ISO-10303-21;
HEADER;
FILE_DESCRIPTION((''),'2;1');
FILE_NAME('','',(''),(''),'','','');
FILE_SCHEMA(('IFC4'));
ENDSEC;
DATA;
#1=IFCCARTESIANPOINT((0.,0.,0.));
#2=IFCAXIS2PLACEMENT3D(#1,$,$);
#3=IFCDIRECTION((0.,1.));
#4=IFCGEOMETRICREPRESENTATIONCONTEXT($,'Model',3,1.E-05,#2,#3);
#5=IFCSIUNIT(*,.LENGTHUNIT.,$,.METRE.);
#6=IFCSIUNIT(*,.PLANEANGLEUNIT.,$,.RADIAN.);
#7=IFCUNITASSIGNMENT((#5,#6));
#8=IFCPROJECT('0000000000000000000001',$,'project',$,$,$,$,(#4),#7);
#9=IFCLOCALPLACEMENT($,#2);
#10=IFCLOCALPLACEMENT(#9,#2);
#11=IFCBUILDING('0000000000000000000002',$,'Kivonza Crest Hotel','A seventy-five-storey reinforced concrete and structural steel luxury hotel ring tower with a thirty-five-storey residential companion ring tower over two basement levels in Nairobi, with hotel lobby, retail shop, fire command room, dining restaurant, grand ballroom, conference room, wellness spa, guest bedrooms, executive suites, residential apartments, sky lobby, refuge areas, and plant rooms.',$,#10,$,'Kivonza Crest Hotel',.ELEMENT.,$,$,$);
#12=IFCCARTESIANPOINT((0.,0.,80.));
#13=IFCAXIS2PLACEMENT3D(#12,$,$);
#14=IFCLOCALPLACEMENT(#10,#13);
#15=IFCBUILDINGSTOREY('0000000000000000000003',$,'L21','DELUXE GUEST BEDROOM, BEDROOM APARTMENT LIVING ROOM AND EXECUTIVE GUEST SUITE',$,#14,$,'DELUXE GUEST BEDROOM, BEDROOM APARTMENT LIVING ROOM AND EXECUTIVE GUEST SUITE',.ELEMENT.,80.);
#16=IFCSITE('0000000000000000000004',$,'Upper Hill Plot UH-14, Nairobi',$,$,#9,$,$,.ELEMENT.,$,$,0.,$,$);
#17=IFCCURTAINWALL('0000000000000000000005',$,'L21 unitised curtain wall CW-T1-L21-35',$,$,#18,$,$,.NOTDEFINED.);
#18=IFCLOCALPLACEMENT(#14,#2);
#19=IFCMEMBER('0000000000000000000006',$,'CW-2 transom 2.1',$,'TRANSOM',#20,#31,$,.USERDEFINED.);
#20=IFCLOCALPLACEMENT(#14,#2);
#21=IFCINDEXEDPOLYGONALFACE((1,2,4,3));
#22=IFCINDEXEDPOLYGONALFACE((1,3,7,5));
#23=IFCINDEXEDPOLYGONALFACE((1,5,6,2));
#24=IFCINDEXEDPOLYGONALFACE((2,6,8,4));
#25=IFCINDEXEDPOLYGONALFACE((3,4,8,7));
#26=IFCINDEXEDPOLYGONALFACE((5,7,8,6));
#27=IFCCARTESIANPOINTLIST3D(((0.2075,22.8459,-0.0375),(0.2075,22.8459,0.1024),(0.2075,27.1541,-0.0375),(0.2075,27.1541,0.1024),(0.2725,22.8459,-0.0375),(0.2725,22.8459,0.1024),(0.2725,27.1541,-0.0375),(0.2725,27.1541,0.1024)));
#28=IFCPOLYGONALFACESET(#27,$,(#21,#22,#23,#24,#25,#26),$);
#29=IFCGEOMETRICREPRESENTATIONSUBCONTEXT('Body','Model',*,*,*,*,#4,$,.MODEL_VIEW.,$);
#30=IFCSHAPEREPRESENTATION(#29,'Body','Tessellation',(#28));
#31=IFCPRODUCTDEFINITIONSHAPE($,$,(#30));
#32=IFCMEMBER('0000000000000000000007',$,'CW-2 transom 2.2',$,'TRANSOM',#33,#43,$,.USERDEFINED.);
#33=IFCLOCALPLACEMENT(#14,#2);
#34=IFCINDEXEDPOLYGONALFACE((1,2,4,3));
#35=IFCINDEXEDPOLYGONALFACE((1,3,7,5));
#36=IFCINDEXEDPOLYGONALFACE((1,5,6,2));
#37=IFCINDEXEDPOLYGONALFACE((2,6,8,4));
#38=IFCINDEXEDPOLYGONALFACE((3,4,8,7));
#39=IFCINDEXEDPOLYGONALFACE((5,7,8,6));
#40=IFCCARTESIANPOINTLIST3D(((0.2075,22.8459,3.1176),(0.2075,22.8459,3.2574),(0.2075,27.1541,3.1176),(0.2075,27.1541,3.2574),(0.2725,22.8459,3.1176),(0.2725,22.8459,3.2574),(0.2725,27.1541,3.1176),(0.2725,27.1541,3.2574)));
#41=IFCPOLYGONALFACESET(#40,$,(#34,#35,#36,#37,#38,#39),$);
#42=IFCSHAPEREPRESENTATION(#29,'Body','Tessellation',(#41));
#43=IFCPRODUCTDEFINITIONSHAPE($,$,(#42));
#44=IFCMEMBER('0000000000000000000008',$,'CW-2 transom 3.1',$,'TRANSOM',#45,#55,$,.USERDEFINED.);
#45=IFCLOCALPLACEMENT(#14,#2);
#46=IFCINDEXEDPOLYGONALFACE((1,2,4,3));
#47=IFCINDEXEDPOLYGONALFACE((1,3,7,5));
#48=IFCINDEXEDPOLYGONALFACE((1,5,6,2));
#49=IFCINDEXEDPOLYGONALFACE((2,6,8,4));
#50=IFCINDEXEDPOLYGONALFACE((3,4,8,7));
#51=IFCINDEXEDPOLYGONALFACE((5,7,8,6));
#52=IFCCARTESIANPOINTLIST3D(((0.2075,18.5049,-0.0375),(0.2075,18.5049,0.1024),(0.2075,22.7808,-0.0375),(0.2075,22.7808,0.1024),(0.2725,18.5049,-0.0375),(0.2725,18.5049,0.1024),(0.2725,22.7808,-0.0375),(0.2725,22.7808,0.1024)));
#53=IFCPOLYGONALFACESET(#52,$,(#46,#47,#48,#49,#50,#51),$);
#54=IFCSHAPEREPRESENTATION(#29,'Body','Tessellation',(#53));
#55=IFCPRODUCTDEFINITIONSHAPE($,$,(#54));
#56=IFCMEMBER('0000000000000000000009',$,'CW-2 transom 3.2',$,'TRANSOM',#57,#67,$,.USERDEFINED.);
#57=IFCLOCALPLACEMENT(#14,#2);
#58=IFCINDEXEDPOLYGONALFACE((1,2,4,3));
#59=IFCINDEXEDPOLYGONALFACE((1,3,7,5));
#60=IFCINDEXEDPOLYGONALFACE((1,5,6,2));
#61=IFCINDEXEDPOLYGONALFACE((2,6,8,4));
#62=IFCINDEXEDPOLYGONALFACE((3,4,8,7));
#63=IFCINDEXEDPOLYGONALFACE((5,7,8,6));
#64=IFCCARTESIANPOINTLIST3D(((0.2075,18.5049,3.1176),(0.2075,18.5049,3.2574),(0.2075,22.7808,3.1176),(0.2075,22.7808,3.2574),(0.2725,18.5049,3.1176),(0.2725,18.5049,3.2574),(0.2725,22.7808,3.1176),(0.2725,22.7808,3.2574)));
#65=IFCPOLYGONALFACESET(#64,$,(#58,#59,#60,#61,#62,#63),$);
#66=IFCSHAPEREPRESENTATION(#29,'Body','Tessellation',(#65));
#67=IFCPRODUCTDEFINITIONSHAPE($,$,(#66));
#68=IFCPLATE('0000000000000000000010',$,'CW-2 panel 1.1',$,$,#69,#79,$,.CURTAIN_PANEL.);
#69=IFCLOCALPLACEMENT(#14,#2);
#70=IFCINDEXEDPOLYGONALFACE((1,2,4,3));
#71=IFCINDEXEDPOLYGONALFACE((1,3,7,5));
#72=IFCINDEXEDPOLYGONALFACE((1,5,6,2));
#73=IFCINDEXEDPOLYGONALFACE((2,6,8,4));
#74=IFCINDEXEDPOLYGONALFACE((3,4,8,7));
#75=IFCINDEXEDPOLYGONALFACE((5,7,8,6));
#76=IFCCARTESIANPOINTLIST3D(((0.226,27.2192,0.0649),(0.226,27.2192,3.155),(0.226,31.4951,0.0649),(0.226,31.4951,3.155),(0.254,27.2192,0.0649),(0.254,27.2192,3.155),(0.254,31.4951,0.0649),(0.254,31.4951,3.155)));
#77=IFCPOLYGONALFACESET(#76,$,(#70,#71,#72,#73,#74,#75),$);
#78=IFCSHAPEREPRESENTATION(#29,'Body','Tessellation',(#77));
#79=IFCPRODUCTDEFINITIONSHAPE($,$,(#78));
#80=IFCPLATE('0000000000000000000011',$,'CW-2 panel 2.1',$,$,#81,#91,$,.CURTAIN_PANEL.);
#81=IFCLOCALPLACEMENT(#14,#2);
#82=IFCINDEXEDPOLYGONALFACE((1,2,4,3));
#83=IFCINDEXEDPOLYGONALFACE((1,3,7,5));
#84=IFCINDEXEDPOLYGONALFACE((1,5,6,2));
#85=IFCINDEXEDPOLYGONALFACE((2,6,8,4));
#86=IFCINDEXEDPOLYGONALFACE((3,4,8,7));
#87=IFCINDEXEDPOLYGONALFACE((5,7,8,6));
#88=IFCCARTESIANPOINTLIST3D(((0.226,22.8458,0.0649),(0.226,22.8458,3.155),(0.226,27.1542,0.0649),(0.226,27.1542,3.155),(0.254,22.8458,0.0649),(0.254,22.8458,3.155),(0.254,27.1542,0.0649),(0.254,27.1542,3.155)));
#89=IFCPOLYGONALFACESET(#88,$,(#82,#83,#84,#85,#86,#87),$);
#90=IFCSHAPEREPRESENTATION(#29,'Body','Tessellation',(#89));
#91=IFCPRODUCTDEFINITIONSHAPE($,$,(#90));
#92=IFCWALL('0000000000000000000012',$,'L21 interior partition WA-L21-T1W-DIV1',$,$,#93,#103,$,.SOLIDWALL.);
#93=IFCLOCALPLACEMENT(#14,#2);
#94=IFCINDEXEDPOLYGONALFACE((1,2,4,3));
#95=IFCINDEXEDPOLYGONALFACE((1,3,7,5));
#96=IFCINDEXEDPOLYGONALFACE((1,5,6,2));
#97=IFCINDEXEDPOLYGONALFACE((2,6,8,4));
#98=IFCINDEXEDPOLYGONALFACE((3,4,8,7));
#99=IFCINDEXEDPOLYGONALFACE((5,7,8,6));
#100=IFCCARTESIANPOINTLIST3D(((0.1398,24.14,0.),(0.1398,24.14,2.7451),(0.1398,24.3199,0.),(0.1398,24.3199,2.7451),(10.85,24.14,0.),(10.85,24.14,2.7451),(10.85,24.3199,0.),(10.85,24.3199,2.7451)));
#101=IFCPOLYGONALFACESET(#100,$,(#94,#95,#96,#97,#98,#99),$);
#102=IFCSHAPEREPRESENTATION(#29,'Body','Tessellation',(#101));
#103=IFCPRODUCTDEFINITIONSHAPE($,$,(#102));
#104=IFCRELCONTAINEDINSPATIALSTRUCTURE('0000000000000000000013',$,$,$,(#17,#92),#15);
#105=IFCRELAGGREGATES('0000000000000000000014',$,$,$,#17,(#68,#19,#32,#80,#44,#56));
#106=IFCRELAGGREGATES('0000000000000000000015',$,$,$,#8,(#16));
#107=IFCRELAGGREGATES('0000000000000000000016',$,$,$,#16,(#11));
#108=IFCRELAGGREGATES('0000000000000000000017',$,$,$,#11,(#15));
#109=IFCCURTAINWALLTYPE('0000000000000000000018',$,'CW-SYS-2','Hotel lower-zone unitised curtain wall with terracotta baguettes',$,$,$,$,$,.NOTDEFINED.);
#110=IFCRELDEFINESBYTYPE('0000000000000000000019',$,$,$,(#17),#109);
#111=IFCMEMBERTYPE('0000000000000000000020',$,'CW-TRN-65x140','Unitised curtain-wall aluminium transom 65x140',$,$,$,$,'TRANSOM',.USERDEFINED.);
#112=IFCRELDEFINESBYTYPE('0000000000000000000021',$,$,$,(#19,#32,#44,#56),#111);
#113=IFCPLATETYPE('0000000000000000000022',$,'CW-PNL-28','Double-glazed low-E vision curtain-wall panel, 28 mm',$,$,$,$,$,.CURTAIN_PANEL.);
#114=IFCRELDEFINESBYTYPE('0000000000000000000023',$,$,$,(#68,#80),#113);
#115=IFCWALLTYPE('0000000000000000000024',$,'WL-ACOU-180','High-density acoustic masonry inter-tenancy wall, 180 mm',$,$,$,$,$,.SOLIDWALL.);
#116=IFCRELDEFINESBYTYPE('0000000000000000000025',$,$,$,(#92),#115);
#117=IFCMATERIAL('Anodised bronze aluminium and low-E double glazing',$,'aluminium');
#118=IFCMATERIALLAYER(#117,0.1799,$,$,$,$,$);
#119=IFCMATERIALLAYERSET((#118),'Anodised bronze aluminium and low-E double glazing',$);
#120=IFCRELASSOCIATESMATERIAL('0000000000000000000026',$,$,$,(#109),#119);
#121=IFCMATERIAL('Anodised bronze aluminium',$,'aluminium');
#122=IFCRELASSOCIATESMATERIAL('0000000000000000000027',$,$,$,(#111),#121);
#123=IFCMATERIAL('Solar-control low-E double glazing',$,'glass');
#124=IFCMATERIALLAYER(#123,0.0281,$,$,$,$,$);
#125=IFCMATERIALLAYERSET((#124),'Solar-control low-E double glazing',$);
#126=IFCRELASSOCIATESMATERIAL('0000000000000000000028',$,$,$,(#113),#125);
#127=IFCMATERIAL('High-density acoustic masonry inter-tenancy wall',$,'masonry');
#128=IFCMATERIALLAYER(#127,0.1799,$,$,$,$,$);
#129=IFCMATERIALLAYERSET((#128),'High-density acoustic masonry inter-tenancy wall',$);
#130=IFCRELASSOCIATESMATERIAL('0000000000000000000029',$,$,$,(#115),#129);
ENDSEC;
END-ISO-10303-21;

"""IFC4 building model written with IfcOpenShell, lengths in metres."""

from ifc_helpers import new_model, si_unit, direction, frame, frame_2d, origin, origin_2d, place, context, subcontext, project, spatial, rectangle, extrude, material, layer, layer_set, material_profile, profile_set, type_object, element, aggregate, save


model = new_model("IFC4")

# Units and contexts
model_context = context("Model", 3, precision=1e-05, world=origin(), true_north=direction((0.0, 1.0)))
body_context = subcontext(model_context, "Body", "Model", "MODEL_VIEW")
ifc_project = project(units=[si_unit("LENGTHUNIT", "METRE"), si_unit("PLANEANGLEUNIT", "RADIAN")], contexts=[model_context])

# Site, building, storey
site_placement = place(None, origin())
site = spatial("IfcSite", under=ifc_project, at=site_placement, Name="Upper Hill Plot UH-14, Nairobi", CompositionType="ELEMENT", RefElevation=0.0)
building_placement = place(site_placement, origin())
building = spatial("IfcBuilding", under=site, at=building_placement, Name="Kivonza Crest Hotel", Description="A seventy-five-storey reinforced concrete and structural steel luxury hotel ring tower with a thirty-five-storey residential companion ring tower over two basement levels in Nairobi, with hotel lobby, retail shop, fire command room, dining restaurant, grand ballroom, conference room, wellness spa, guest bedrooms, executive suites, residential apartments, sky lobby, refuge areas, and plant rooms.", LongName="Kivonza Crest Hotel", CompositionType="ELEMENT")
storey_placement = place(building_placement, frame((0.0, 0.0, 80.0)))
storey = spatial("IfcBuildingStorey", under=building, at=storey_placement, Name="L21", Description="DELUXE GUEST BEDROOM, BEDROOM APARTMENT LIVING ROOM AND EXECUTIVE GUEST SUITE", LongName="DELUXE GUEST BEDROOM, BEDROOM APARTMENT LIVING ROOM AND EXECUTIVE GUEST SUITE", CompositionType="ELEMENT", Elevation=80.0)

# Curtain wall, members, plates
ifc_material_1 = material(Name="Anodised bronze aluminium and low-E double glazing", Category="aluminium")
ifc_layer_1 = layer(ifc_material_1, 0.1799)
ifc_layer_set_1 = layer_set([ifc_layer_1], Name="Anodised bronze aluminium and low-E double glazing")
curtain_wall_type = type_object("IfcCurtainWallType", Name="CW-SYS-2", Description="Hotel lower-zone unitised curtain wall with terracotta baguettes", PredefinedType="NOTDEFINED", material=ifc_layer_set_1)
curtain_wall_placement = place(storey_placement, origin())
curtain_wall = element("IfcCurtainWall", 1, at=curtain_wall_placement, inside=storey, type_object=curtain_wall_type, Name="L21 unitised curtain wall CW-T1-L21-35", PredefinedType="NOTDEFINED")
ifc_material_2 = material(Name="Anodised bronze aluminium", Category="aluminium")
ifc_material_profile_1 = material_profile(ifc_material_2, rectangle(XDim=0.0649, YDim=0.1399, at=origin_2d()), Name="CW-T 65x140")
ifc_profile_set_1 = profile_set([ifc_material_profile_1], Name="Anodised bronze aluminium")
member_type_1 = type_object("IfcMemberType", Name="CW-TRN-65x140", Description="Unitised curtain-wall aluminium transom 65x140", ElementType="TRANSOM", PredefinedType="USERDEFINED", material=ifc_profile_set_1)
member_1_placement = place(storey_placement, frame((0.24, 27.1541, 0.0325), z_axis=(0.0, -1.0, 0.0), x_axis=(1.0, 0.0, 0.0)))
member_1 = element("IfcMember", 2, at=member_1_placement, type_object=member_type_1, Name="CW-2 transom 2.1", ObjectType="TRANSOM", PredefinedType="USERDEFINED", context=body_context, shape_type="SweptSolid", body=[
    extrude(rectangle(XDim=0.0649, YDim=0.1399, at=origin_2d()), origin(), (0.0, 0.0, 1.0), 4.3081),
])
member_2_placement = place(storey_placement, frame((0.24, 27.1541, 3.1875), z_axis=(0.0, -1.0, 0.0), x_axis=(1.0, 0.0, 0.0)))
member_2 = element("IfcMember", 3, at=member_2_placement, type_object=member_type_1, Name="CW-2 transom 2.2", ObjectType="TRANSOM", PredefinedType="USERDEFINED", context=body_context, shape_type="SweptSolid", body=[
    extrude(rectangle(XDim=0.0649, YDim=0.1399, at=origin_2d()), origin(), (0.0, 0.0, 1.0), 4.3081),
])
member_3_placement = place(storey_placement, frame((0.24, 22.7808, 0.0325), z_axis=(0.0, -1.0, 0.0), x_axis=(1.0, 0.0, 0.0)))
member_3 = element("IfcMember", 4, at=member_3_placement, type_object=member_type_1, Name="CW-2 transom 3.1", ObjectType="TRANSOM", PredefinedType="USERDEFINED", context=body_context, shape_type="SweptSolid", body=[
    extrude(rectangle(XDim=0.0649, YDim=0.1399, at=origin_2d()), origin(), (0.0, 0.0, 1.0), 4.2759),
])
member_4_placement = place(storey_placement, frame((0.24, 22.7808, 3.1875), z_axis=(0.0, -1.0, 0.0), x_axis=(1.0, 0.0, 0.0)))
member_4 = element("IfcMember", 5, at=member_4_placement, type_object=member_type_1, Name="CW-2 transom 3.2", ObjectType="TRANSOM", PredefinedType="USERDEFINED", context=body_context, shape_type="SweptSolid", body=[
    extrude(rectangle(XDim=0.0649, YDim=0.1399, at=origin_2d()), origin(), (0.0, 0.0, 1.0), 4.2759),
])
ifc_material_3 = material(Name="Solar-control low-E double glazing", Category="glass")
ifc_layer_2 = layer(ifc_material_3, 0.0281)
ifc_layer_set_2 = layer_set([ifc_layer_2], Name="Solar-control low-E double glazing")
plate_type = type_object("IfcPlateType", Name="CW-PNL-28", Description="Double-glazed low-E vision curtain-wall panel, 28 mm", PredefinedType="CURTAIN_PANEL", material=ifc_layer_set_2)
plate_1_placement = place(storey_placement, frame((0.24, 29.3572, 0.0649), z_axis=(0.0, 0.0, 1.0), x_axis=(0.0, -1.0, 0.0)))
plate_1 = element("IfcPlate", 6, at=plate_1_placement, type_object=plate_type, Name="CW-2 panel 1.1", PredefinedType="CURTAIN_PANEL", context=body_context, shape_type="SweptSolid", body=[
    extrude(rectangle(XDim=4.2759, YDim=0.0281, at=origin_2d()), origin(), (0.0, 0.0, 1.0), 3.0901),
])
plate_2_placement = place(storey_placement, frame((0.24, 25.0, 0.0649), z_axis=(0.0, 0.0, 1.0), x_axis=(0.0, -1.0, 0.0)))
plate_2 = element("IfcPlate", 7, at=plate_2_placement, type_object=plate_type, Name="CW-2 panel 2.1", PredefinedType="CURTAIN_PANEL", context=body_context, shape_type="SweptSolid", body=[
    extrude(rectangle(XDim=4.3083, YDim=0.0281, at=origin_2d()), origin(), (0.0, 0.0, 1.0), 3.0901),
])
aggregate(curtain_wall, [plate_1, member_1, member_2, plate_2, member_3, member_4])

# Wall
ifc_material_4 = material(Name="High-density acoustic masonry inter-tenancy wall", Category="masonry")
ifc_layer_3 = layer(ifc_material_4, 0.1799)
ifc_layer_set_3 = layer_set([ifc_layer_3], Name="High-density acoustic masonry inter-tenancy wall")
wall_type = type_object("IfcWallType", Name="WL-ACOU-180", Description="High-density acoustic masonry inter-tenancy wall, 180 mm", PredefinedType="SOLIDWALL", material=ifc_layer_set_3)
wall_placement = place(storey_placement, frame((0.1399, 24.23, 0.0), z_axis=(0.0, 0.0, 1.0), x_axis=(1.0, 0.0, 0.0)))
element("IfcWall", 8, at=wall_placement, inside=storey, type_object=wall_type, Name="L21 interior partition WA-L21-T1W-DIV1", PredefinedType="SOLIDWALL", context=body_context, shape_type="SweptSolid", body=[
    extrude(rectangle(XDim=10.7102, YDim=0.1799, at=frame_2d((5.355, 0.0))), origin(), (0.0, 0.0, 1.0), 2.7451),
])

save(model, "model.ifc")
